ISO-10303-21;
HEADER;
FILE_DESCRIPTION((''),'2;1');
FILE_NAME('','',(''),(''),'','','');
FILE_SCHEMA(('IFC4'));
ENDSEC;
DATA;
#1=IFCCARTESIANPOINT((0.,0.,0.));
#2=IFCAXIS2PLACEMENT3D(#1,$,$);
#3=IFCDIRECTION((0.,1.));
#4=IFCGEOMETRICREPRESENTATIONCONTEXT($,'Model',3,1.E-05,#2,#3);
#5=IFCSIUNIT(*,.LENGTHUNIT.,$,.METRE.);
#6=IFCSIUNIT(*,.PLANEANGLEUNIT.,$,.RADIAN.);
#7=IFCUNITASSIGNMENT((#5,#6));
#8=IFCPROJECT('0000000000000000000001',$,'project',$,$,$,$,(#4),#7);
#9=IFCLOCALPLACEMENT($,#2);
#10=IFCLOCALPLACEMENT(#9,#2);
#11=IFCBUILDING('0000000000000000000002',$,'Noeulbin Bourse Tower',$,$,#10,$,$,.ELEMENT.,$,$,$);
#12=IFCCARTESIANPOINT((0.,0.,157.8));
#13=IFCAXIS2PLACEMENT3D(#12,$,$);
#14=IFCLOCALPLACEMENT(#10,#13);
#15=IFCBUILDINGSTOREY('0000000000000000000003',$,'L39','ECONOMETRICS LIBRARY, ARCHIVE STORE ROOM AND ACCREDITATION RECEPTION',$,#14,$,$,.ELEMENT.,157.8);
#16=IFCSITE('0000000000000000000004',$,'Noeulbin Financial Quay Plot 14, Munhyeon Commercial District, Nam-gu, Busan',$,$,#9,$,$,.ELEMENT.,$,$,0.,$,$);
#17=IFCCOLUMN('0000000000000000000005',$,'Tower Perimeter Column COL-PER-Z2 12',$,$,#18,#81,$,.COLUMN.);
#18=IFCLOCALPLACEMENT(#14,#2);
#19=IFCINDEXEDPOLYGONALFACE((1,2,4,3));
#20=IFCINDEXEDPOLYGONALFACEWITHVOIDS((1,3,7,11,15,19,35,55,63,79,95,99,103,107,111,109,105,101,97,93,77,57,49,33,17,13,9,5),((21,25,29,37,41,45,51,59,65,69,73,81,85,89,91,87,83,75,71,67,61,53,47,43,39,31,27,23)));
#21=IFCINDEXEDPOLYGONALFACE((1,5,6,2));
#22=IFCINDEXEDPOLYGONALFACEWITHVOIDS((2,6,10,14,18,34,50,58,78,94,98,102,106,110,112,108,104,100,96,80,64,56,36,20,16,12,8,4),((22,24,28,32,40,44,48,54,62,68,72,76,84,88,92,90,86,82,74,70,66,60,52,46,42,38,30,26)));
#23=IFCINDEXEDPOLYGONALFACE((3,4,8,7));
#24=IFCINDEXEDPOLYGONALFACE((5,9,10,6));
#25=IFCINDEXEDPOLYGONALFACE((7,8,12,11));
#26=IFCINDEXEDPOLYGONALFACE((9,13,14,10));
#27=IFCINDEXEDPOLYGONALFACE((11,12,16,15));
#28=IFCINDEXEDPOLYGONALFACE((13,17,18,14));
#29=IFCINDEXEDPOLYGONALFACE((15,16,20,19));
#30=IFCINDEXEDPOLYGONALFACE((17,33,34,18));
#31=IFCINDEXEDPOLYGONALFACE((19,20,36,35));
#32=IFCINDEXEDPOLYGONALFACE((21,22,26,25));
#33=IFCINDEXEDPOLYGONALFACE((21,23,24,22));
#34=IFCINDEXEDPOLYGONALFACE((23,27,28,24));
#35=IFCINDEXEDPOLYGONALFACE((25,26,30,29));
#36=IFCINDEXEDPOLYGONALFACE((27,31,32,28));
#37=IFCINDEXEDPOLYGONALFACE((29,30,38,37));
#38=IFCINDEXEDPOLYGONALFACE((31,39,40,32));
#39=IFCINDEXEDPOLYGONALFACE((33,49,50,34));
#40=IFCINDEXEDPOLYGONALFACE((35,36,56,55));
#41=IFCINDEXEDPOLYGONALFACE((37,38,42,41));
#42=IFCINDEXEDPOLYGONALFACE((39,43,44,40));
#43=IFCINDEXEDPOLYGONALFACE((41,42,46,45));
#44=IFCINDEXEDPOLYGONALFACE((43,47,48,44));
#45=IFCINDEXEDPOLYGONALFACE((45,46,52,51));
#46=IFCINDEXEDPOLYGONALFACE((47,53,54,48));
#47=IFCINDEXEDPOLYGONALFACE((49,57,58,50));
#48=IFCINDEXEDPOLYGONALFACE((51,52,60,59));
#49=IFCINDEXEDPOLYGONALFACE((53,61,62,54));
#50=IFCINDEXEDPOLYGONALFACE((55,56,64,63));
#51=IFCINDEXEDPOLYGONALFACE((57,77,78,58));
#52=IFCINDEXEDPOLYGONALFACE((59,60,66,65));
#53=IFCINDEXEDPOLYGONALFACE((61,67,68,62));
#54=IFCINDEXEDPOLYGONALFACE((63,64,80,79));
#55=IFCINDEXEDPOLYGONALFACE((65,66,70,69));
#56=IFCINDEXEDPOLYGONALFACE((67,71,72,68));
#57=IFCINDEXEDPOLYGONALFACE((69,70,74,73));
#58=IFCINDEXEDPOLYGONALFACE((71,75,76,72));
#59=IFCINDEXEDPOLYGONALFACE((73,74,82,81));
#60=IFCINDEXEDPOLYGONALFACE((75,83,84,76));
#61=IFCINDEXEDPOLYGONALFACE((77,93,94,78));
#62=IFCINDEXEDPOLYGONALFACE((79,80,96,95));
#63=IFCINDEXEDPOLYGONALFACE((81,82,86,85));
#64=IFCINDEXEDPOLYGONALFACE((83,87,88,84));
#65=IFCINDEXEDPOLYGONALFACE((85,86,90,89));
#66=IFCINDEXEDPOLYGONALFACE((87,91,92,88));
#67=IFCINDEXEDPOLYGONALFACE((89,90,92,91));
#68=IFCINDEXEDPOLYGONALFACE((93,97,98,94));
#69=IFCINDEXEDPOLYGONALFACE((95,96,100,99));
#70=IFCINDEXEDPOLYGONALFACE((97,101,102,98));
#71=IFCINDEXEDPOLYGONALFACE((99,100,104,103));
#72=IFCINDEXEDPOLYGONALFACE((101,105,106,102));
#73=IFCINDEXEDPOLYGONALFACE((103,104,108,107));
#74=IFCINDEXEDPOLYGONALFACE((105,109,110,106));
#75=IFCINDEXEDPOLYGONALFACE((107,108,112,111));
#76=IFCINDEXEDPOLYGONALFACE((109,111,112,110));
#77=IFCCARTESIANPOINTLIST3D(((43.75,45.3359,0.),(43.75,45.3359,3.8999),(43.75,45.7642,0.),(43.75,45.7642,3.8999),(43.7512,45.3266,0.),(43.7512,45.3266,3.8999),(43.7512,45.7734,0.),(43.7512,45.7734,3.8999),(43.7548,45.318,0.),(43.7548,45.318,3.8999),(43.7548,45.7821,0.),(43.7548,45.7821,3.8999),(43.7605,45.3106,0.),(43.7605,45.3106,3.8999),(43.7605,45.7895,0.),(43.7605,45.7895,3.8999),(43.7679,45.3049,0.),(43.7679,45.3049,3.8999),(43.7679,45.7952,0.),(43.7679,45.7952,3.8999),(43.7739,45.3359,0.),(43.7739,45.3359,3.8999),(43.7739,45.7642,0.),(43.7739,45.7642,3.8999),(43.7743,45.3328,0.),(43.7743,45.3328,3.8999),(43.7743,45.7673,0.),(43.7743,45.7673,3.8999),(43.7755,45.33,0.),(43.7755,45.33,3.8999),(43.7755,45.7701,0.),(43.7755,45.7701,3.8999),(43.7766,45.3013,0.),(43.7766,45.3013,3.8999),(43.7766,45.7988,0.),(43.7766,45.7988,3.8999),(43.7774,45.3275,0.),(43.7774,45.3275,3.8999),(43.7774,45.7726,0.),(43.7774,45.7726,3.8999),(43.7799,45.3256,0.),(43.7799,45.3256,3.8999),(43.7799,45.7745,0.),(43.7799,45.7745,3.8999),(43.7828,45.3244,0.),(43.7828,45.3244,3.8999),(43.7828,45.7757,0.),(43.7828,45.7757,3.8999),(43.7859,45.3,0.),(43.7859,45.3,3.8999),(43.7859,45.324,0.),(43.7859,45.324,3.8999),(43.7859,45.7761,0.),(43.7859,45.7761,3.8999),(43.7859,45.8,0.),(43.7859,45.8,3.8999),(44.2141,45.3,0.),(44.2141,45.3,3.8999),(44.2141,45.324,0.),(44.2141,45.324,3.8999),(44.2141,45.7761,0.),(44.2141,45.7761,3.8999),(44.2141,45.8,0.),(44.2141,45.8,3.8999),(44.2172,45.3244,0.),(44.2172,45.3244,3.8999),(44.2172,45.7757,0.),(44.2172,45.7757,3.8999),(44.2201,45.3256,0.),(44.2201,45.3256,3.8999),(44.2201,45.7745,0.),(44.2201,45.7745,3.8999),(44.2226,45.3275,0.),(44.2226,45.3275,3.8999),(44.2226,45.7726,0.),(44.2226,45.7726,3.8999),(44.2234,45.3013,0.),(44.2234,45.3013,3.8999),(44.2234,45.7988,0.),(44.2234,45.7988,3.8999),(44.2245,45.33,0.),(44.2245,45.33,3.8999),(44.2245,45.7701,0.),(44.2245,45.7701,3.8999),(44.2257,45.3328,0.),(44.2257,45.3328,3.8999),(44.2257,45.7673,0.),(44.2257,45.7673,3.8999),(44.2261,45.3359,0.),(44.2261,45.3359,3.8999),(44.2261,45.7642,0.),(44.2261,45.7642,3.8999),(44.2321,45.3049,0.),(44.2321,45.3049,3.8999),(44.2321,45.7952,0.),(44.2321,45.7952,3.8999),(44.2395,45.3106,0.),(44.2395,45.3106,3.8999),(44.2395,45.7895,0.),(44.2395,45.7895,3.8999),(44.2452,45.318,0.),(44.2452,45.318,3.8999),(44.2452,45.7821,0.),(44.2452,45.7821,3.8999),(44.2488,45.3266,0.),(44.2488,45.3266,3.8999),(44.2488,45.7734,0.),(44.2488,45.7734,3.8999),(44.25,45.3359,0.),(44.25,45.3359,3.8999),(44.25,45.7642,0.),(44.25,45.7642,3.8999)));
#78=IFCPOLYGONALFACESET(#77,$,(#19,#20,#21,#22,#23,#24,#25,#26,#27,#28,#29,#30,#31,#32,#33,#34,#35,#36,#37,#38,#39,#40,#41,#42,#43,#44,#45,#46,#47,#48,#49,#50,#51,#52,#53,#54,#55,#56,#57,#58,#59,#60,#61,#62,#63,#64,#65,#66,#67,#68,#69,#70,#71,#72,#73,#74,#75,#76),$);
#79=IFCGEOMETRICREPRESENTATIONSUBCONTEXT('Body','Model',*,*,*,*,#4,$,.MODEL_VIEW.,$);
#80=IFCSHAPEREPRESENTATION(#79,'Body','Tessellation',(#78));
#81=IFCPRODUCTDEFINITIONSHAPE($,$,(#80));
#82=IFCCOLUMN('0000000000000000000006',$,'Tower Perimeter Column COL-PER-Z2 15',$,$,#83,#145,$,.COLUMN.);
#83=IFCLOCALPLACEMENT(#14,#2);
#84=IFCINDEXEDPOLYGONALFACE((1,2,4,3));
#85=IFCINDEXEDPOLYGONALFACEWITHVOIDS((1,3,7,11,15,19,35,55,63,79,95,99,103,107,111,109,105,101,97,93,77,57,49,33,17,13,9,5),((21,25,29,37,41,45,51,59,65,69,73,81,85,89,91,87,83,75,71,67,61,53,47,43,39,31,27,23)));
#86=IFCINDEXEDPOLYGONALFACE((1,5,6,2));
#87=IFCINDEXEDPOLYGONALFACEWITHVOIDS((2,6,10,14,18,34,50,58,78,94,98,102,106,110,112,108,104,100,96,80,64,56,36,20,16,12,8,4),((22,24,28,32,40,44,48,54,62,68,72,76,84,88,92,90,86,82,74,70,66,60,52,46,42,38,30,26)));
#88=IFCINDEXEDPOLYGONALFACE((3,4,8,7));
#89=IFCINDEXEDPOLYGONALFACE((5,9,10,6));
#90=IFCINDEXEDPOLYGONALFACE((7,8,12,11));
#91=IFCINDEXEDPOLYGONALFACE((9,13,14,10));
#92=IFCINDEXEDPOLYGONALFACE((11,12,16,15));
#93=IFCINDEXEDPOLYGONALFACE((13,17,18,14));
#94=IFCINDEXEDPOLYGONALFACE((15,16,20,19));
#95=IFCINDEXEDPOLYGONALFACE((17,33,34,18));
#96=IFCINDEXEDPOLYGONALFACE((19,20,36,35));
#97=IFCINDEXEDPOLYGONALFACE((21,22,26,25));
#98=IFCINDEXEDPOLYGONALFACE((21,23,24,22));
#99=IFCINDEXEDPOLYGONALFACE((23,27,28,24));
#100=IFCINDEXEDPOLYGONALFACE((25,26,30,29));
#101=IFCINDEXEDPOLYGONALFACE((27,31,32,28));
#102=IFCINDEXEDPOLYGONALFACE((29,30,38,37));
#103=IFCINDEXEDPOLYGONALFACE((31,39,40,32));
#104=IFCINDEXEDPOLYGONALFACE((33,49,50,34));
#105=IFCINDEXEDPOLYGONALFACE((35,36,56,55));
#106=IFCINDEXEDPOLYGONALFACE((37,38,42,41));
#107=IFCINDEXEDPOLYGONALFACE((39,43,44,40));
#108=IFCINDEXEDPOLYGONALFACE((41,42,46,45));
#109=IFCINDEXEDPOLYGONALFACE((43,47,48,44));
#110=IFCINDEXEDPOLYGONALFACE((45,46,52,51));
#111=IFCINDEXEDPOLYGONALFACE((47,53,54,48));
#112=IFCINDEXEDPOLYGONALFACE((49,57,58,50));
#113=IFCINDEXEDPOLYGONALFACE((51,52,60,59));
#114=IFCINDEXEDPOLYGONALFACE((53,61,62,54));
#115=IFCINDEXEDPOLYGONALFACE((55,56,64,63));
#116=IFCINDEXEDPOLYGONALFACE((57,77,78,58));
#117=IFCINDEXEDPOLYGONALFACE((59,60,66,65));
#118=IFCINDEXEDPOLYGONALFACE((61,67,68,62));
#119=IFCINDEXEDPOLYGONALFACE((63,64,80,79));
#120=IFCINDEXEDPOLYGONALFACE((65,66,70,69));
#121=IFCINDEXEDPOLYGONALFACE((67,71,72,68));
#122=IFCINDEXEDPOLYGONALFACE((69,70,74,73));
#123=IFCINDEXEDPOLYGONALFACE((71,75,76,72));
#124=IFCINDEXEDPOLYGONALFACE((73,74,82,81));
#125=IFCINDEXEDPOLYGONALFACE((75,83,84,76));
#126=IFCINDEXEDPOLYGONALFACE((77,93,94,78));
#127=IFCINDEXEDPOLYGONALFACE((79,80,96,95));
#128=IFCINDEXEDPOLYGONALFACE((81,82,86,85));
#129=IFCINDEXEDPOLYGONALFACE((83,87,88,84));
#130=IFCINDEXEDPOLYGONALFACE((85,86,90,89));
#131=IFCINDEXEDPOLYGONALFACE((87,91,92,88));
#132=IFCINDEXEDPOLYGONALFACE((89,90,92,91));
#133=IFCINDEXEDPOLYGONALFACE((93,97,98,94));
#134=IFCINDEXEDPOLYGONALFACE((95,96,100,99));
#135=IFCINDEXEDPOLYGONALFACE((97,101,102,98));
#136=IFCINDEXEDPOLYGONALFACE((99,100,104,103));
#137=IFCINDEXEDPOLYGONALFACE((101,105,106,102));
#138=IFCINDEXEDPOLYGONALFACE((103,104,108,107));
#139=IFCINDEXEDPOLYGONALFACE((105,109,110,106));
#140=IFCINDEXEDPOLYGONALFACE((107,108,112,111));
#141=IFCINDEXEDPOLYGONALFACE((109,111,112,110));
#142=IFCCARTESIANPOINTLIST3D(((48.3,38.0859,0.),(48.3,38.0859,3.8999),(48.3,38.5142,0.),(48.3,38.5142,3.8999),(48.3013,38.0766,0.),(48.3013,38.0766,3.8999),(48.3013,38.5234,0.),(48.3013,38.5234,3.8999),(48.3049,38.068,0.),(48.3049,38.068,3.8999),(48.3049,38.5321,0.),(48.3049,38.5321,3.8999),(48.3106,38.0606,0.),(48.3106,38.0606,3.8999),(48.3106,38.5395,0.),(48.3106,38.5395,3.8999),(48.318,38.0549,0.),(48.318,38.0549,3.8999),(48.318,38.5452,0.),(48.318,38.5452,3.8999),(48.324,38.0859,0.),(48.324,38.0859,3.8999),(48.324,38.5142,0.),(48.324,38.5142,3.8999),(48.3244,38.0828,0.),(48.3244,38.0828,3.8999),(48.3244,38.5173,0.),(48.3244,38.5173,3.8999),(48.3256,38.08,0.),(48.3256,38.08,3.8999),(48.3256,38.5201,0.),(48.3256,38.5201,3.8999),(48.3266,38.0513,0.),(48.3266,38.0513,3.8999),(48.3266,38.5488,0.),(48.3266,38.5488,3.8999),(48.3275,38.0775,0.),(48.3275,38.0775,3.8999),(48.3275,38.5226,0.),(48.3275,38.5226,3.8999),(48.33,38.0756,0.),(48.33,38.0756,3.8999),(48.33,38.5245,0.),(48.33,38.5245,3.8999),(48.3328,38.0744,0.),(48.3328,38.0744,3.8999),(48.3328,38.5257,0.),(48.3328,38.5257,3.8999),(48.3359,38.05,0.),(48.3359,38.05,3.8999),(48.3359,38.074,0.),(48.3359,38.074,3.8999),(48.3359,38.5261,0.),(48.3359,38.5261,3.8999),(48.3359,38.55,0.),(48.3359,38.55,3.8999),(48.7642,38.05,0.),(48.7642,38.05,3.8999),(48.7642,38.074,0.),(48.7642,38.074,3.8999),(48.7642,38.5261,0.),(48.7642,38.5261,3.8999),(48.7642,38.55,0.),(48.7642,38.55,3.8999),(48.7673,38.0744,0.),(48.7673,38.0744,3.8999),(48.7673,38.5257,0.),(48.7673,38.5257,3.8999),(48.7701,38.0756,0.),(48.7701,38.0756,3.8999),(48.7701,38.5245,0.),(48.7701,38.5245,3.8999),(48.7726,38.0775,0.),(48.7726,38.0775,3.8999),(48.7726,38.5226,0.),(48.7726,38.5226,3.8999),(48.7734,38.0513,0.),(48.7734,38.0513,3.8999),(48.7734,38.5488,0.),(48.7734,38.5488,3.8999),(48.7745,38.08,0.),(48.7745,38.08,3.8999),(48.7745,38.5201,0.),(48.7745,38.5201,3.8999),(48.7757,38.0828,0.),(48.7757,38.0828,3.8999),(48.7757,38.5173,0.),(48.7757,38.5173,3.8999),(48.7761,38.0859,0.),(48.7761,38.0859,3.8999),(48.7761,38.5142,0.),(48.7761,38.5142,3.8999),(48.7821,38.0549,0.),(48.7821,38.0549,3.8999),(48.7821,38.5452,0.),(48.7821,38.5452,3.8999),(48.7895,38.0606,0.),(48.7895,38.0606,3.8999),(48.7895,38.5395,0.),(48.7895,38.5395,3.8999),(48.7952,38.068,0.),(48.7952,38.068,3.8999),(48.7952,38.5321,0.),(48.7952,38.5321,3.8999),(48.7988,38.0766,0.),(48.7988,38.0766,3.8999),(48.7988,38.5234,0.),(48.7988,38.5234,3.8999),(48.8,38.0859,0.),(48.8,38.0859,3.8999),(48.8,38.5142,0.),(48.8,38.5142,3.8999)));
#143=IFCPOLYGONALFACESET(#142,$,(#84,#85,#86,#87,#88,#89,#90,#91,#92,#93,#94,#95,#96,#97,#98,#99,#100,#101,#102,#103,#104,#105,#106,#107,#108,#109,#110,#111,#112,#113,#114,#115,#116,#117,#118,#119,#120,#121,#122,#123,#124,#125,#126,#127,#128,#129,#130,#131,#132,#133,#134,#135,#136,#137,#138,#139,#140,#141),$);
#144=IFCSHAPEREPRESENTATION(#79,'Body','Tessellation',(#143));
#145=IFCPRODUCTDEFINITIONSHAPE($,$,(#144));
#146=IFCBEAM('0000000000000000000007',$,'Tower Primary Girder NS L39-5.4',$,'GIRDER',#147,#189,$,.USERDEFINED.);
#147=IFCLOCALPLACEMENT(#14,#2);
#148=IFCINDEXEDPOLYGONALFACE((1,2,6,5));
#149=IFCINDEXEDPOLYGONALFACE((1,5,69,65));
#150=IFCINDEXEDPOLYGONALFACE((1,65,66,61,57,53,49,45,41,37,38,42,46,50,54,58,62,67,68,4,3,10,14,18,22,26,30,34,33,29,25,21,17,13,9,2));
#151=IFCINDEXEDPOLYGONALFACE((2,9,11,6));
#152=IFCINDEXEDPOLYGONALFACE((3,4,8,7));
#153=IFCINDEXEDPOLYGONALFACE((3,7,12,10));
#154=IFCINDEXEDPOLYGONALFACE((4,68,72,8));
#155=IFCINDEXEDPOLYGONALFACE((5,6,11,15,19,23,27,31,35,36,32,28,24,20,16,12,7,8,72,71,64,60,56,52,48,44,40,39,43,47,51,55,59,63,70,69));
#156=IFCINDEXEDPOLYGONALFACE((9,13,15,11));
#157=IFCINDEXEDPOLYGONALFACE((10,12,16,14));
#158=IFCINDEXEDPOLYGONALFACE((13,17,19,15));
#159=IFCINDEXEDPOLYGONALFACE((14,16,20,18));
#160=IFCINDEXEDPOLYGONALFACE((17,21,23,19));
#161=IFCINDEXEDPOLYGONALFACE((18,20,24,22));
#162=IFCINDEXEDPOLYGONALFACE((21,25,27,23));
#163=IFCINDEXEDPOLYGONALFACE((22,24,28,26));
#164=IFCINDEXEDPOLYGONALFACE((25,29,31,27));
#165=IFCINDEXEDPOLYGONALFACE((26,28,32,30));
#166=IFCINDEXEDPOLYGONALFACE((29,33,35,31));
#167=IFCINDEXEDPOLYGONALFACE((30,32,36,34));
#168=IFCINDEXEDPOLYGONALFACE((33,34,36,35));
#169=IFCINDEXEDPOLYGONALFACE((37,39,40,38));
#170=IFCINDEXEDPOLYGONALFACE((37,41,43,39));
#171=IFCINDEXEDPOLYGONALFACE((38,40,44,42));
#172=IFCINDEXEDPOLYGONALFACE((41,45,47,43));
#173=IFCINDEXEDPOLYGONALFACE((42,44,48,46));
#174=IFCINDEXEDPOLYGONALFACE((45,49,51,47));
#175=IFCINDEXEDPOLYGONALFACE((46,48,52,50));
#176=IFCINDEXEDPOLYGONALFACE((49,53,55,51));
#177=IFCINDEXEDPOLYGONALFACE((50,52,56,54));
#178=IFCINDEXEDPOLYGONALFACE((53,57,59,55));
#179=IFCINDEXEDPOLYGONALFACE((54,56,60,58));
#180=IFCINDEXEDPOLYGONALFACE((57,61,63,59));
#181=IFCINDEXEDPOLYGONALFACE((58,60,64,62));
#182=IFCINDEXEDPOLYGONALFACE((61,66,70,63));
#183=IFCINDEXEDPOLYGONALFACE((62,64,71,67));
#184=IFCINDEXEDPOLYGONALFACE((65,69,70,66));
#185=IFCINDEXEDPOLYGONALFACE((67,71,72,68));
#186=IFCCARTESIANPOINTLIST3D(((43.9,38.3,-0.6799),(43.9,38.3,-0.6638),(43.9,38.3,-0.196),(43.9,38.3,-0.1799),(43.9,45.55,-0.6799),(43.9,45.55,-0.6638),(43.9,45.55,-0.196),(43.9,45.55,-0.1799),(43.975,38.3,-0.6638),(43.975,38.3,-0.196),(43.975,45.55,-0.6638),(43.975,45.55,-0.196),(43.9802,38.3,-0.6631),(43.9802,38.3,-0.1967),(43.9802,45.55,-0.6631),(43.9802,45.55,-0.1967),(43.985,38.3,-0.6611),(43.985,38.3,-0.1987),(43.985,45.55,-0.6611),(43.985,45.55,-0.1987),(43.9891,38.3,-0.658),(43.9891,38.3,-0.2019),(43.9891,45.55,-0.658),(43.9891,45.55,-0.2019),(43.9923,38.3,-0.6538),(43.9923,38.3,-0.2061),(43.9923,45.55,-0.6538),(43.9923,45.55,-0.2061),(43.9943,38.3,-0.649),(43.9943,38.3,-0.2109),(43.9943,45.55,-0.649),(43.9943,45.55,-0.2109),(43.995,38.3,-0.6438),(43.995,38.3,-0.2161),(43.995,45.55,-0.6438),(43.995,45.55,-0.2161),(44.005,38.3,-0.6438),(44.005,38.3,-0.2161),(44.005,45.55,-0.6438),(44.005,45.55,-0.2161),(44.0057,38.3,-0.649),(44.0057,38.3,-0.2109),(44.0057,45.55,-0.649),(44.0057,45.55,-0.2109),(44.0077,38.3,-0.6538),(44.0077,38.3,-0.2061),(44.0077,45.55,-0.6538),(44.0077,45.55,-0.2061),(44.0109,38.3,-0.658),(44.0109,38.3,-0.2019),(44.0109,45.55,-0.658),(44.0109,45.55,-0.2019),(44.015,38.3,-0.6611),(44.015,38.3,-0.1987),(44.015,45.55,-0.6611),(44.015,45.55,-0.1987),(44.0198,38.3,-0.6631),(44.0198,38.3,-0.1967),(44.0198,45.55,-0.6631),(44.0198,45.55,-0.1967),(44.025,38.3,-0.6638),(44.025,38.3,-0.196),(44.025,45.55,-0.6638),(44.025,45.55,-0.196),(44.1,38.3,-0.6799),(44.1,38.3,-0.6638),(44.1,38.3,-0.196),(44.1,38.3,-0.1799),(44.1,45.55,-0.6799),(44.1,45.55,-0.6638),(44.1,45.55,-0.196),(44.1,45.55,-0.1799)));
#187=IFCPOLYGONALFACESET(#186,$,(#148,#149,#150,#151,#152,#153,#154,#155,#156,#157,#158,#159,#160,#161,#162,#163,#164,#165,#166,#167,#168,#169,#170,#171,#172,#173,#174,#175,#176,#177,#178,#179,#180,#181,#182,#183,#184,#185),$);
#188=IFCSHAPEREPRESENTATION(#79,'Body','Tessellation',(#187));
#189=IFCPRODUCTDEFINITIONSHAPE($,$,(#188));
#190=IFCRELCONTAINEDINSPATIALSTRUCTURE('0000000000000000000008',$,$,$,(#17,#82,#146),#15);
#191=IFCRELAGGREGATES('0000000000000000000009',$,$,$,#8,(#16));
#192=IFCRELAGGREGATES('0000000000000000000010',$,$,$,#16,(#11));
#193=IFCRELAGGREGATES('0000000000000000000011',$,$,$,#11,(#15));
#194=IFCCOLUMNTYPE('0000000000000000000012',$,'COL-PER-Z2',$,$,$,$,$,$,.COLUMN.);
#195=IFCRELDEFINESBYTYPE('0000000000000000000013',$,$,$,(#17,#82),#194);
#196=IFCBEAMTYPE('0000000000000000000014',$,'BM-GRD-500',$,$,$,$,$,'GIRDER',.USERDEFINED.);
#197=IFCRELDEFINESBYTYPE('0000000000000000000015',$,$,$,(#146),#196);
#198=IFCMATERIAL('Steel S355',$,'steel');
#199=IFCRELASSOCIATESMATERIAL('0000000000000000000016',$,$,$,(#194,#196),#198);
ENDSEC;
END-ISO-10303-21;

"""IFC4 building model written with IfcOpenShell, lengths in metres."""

from ifc_helpers import new_model, si_unit, direction, frame, origin, origin_2d, place, context, subcontext, project, spatial, hollow_rectangle, i_section, extrude, material, material_profile, profile_set, type_object, element, save


model = new_model("IFC4")

# Units and contexts
model_context = context("Model", 3, precision=1e-05, world=origin(), true_north=direction((0.0, 1.0)))
body_context = subcontext(model_context, "Body", "Model", "MODEL_VIEW")
ifc_project = project(units=[si_unit("LENGTHUNIT", "METRE"), si_unit("PLANEANGLEUNIT", "RADIAN")], contexts=[model_context])

# Site, building, storey
site_placement = place(None, origin())
site = spatial("IfcSite", under=ifc_project, at=site_placement, Name="Noeulbin Financial Quay Plot 14, Munhyeon Commercial District, Nam-gu, Busan", CompositionType="ELEMENT", RefElevation=0.0)
building_placement = place(site_placement, origin())
building = spatial("IfcBuilding", under=site, at=building_placement, Name="Noeulbin Bourse Tower", CompositionType="ELEMENT")
storey_placement = place(building_placement, frame((0.0, 0.0, 157.8)))
storey = spatial("IfcBuildingStorey", under=building, at=storey_placement, Name="L39", Description="ECONOMETRICS LIBRARY, ARCHIVE STORE ROOM AND ACCREDITATION RECEPTION", CompositionType="ELEMENT", Elevation=157.8)

# Columns
ifc_material_1 = material(Name="Steel S355", Category="steel")
ifc_material_profile_1 = material_profile(ifc_material_1, hollow_rectangle(XDim=0.5, YDim=0.5, WallThickness=0.0239, InnerFilletRadius=0.012, OuterFilletRadius=0.0359, at=origin_2d()), Name="BOX-500x500x24", Category="LoadBearing")
ifc_profile_set_1 = profile_set([ifc_material_profile_1], Name="Steel S355")
column_type = type_object("IfcColumnType", Name="COL-PER-Z2", PredefinedType="COLUMN", material=ifc_profile_set_1)
for number, where, z_axis, x_axis, name in (
    (1, (44.0, 45.55, 0.0), (0.0, 0.0, 1.0), (1.0, 0.0, 0.0), "Tower Perimeter Column COL-PER-Z2 12"),
    (2, (48.55, 38.3, 0.0), (0.0, 0.0, 1.0), (1.0, 0.0, 0.0), "Tower Perimeter Column COL-PER-Z2 15"),
):
    element("IfcColumn", number, at=place(storey_placement, frame(where, z_axis=z_axis, x_axis=x_axis)), inside=storey, type_object=column_type, Name=name, PredefinedType="COLUMN", context=body_context, shape_type="SweptSolid", body=[
        extrude(hollow_rectangle(XDim=0.5, YDim=0.5, WallThickness=0.0239, InnerFilletRadius=0.012, OuterFilletRadius=0.0359, at=origin_2d()), origin(), (0.0, 0.0, 1.0), 3.8999),
    ])

# Beam
ifc_material_profile_2 = material_profile(ifc_material_1, i_section(OverallWidth=0.2, OverallDepth=0.5, WebThickness=0.01, FlangeThickness=0.0161, FilletRadius=0.02, at=origin_2d()), Name="H-500x200x10x16", Category="LoadBearing")
ifc_profile_set_2 = profile_set([ifc_material_profile_2], Name="Steel S355")
beam_type_1 = type_object("IfcBeamType", Name="BM-GRD-500", ElementType="GIRDER", PredefinedType="USERDEFINED", material=ifc_profile_set_2)
beam_1_placement = place(storey_placement, frame((44.0, 38.3, -0.4299), z_axis=(0.0, 1.0, 0.0), x_axis=(-1.0, 0.0, 0.0)))
element("IfcBeam", 3, at=beam_1_placement, inside=storey, type_object=beam_type_1, Name="Tower Primary Girder NS L39-5.4", ObjectType="GIRDER", PredefinedType="USERDEFINED", context=body_context, shape_type="SweptSolid", body=[
    extrude(i_section(OverallWidth=0.2, OverallDepth=0.5, WebThickness=0.01, FlangeThickness=0.0161, FilletRadius=0.02, at=origin_2d()), origin(), (0.0, 0.0, 1.0), 7.25),
])

save(model, "model.ifc")
